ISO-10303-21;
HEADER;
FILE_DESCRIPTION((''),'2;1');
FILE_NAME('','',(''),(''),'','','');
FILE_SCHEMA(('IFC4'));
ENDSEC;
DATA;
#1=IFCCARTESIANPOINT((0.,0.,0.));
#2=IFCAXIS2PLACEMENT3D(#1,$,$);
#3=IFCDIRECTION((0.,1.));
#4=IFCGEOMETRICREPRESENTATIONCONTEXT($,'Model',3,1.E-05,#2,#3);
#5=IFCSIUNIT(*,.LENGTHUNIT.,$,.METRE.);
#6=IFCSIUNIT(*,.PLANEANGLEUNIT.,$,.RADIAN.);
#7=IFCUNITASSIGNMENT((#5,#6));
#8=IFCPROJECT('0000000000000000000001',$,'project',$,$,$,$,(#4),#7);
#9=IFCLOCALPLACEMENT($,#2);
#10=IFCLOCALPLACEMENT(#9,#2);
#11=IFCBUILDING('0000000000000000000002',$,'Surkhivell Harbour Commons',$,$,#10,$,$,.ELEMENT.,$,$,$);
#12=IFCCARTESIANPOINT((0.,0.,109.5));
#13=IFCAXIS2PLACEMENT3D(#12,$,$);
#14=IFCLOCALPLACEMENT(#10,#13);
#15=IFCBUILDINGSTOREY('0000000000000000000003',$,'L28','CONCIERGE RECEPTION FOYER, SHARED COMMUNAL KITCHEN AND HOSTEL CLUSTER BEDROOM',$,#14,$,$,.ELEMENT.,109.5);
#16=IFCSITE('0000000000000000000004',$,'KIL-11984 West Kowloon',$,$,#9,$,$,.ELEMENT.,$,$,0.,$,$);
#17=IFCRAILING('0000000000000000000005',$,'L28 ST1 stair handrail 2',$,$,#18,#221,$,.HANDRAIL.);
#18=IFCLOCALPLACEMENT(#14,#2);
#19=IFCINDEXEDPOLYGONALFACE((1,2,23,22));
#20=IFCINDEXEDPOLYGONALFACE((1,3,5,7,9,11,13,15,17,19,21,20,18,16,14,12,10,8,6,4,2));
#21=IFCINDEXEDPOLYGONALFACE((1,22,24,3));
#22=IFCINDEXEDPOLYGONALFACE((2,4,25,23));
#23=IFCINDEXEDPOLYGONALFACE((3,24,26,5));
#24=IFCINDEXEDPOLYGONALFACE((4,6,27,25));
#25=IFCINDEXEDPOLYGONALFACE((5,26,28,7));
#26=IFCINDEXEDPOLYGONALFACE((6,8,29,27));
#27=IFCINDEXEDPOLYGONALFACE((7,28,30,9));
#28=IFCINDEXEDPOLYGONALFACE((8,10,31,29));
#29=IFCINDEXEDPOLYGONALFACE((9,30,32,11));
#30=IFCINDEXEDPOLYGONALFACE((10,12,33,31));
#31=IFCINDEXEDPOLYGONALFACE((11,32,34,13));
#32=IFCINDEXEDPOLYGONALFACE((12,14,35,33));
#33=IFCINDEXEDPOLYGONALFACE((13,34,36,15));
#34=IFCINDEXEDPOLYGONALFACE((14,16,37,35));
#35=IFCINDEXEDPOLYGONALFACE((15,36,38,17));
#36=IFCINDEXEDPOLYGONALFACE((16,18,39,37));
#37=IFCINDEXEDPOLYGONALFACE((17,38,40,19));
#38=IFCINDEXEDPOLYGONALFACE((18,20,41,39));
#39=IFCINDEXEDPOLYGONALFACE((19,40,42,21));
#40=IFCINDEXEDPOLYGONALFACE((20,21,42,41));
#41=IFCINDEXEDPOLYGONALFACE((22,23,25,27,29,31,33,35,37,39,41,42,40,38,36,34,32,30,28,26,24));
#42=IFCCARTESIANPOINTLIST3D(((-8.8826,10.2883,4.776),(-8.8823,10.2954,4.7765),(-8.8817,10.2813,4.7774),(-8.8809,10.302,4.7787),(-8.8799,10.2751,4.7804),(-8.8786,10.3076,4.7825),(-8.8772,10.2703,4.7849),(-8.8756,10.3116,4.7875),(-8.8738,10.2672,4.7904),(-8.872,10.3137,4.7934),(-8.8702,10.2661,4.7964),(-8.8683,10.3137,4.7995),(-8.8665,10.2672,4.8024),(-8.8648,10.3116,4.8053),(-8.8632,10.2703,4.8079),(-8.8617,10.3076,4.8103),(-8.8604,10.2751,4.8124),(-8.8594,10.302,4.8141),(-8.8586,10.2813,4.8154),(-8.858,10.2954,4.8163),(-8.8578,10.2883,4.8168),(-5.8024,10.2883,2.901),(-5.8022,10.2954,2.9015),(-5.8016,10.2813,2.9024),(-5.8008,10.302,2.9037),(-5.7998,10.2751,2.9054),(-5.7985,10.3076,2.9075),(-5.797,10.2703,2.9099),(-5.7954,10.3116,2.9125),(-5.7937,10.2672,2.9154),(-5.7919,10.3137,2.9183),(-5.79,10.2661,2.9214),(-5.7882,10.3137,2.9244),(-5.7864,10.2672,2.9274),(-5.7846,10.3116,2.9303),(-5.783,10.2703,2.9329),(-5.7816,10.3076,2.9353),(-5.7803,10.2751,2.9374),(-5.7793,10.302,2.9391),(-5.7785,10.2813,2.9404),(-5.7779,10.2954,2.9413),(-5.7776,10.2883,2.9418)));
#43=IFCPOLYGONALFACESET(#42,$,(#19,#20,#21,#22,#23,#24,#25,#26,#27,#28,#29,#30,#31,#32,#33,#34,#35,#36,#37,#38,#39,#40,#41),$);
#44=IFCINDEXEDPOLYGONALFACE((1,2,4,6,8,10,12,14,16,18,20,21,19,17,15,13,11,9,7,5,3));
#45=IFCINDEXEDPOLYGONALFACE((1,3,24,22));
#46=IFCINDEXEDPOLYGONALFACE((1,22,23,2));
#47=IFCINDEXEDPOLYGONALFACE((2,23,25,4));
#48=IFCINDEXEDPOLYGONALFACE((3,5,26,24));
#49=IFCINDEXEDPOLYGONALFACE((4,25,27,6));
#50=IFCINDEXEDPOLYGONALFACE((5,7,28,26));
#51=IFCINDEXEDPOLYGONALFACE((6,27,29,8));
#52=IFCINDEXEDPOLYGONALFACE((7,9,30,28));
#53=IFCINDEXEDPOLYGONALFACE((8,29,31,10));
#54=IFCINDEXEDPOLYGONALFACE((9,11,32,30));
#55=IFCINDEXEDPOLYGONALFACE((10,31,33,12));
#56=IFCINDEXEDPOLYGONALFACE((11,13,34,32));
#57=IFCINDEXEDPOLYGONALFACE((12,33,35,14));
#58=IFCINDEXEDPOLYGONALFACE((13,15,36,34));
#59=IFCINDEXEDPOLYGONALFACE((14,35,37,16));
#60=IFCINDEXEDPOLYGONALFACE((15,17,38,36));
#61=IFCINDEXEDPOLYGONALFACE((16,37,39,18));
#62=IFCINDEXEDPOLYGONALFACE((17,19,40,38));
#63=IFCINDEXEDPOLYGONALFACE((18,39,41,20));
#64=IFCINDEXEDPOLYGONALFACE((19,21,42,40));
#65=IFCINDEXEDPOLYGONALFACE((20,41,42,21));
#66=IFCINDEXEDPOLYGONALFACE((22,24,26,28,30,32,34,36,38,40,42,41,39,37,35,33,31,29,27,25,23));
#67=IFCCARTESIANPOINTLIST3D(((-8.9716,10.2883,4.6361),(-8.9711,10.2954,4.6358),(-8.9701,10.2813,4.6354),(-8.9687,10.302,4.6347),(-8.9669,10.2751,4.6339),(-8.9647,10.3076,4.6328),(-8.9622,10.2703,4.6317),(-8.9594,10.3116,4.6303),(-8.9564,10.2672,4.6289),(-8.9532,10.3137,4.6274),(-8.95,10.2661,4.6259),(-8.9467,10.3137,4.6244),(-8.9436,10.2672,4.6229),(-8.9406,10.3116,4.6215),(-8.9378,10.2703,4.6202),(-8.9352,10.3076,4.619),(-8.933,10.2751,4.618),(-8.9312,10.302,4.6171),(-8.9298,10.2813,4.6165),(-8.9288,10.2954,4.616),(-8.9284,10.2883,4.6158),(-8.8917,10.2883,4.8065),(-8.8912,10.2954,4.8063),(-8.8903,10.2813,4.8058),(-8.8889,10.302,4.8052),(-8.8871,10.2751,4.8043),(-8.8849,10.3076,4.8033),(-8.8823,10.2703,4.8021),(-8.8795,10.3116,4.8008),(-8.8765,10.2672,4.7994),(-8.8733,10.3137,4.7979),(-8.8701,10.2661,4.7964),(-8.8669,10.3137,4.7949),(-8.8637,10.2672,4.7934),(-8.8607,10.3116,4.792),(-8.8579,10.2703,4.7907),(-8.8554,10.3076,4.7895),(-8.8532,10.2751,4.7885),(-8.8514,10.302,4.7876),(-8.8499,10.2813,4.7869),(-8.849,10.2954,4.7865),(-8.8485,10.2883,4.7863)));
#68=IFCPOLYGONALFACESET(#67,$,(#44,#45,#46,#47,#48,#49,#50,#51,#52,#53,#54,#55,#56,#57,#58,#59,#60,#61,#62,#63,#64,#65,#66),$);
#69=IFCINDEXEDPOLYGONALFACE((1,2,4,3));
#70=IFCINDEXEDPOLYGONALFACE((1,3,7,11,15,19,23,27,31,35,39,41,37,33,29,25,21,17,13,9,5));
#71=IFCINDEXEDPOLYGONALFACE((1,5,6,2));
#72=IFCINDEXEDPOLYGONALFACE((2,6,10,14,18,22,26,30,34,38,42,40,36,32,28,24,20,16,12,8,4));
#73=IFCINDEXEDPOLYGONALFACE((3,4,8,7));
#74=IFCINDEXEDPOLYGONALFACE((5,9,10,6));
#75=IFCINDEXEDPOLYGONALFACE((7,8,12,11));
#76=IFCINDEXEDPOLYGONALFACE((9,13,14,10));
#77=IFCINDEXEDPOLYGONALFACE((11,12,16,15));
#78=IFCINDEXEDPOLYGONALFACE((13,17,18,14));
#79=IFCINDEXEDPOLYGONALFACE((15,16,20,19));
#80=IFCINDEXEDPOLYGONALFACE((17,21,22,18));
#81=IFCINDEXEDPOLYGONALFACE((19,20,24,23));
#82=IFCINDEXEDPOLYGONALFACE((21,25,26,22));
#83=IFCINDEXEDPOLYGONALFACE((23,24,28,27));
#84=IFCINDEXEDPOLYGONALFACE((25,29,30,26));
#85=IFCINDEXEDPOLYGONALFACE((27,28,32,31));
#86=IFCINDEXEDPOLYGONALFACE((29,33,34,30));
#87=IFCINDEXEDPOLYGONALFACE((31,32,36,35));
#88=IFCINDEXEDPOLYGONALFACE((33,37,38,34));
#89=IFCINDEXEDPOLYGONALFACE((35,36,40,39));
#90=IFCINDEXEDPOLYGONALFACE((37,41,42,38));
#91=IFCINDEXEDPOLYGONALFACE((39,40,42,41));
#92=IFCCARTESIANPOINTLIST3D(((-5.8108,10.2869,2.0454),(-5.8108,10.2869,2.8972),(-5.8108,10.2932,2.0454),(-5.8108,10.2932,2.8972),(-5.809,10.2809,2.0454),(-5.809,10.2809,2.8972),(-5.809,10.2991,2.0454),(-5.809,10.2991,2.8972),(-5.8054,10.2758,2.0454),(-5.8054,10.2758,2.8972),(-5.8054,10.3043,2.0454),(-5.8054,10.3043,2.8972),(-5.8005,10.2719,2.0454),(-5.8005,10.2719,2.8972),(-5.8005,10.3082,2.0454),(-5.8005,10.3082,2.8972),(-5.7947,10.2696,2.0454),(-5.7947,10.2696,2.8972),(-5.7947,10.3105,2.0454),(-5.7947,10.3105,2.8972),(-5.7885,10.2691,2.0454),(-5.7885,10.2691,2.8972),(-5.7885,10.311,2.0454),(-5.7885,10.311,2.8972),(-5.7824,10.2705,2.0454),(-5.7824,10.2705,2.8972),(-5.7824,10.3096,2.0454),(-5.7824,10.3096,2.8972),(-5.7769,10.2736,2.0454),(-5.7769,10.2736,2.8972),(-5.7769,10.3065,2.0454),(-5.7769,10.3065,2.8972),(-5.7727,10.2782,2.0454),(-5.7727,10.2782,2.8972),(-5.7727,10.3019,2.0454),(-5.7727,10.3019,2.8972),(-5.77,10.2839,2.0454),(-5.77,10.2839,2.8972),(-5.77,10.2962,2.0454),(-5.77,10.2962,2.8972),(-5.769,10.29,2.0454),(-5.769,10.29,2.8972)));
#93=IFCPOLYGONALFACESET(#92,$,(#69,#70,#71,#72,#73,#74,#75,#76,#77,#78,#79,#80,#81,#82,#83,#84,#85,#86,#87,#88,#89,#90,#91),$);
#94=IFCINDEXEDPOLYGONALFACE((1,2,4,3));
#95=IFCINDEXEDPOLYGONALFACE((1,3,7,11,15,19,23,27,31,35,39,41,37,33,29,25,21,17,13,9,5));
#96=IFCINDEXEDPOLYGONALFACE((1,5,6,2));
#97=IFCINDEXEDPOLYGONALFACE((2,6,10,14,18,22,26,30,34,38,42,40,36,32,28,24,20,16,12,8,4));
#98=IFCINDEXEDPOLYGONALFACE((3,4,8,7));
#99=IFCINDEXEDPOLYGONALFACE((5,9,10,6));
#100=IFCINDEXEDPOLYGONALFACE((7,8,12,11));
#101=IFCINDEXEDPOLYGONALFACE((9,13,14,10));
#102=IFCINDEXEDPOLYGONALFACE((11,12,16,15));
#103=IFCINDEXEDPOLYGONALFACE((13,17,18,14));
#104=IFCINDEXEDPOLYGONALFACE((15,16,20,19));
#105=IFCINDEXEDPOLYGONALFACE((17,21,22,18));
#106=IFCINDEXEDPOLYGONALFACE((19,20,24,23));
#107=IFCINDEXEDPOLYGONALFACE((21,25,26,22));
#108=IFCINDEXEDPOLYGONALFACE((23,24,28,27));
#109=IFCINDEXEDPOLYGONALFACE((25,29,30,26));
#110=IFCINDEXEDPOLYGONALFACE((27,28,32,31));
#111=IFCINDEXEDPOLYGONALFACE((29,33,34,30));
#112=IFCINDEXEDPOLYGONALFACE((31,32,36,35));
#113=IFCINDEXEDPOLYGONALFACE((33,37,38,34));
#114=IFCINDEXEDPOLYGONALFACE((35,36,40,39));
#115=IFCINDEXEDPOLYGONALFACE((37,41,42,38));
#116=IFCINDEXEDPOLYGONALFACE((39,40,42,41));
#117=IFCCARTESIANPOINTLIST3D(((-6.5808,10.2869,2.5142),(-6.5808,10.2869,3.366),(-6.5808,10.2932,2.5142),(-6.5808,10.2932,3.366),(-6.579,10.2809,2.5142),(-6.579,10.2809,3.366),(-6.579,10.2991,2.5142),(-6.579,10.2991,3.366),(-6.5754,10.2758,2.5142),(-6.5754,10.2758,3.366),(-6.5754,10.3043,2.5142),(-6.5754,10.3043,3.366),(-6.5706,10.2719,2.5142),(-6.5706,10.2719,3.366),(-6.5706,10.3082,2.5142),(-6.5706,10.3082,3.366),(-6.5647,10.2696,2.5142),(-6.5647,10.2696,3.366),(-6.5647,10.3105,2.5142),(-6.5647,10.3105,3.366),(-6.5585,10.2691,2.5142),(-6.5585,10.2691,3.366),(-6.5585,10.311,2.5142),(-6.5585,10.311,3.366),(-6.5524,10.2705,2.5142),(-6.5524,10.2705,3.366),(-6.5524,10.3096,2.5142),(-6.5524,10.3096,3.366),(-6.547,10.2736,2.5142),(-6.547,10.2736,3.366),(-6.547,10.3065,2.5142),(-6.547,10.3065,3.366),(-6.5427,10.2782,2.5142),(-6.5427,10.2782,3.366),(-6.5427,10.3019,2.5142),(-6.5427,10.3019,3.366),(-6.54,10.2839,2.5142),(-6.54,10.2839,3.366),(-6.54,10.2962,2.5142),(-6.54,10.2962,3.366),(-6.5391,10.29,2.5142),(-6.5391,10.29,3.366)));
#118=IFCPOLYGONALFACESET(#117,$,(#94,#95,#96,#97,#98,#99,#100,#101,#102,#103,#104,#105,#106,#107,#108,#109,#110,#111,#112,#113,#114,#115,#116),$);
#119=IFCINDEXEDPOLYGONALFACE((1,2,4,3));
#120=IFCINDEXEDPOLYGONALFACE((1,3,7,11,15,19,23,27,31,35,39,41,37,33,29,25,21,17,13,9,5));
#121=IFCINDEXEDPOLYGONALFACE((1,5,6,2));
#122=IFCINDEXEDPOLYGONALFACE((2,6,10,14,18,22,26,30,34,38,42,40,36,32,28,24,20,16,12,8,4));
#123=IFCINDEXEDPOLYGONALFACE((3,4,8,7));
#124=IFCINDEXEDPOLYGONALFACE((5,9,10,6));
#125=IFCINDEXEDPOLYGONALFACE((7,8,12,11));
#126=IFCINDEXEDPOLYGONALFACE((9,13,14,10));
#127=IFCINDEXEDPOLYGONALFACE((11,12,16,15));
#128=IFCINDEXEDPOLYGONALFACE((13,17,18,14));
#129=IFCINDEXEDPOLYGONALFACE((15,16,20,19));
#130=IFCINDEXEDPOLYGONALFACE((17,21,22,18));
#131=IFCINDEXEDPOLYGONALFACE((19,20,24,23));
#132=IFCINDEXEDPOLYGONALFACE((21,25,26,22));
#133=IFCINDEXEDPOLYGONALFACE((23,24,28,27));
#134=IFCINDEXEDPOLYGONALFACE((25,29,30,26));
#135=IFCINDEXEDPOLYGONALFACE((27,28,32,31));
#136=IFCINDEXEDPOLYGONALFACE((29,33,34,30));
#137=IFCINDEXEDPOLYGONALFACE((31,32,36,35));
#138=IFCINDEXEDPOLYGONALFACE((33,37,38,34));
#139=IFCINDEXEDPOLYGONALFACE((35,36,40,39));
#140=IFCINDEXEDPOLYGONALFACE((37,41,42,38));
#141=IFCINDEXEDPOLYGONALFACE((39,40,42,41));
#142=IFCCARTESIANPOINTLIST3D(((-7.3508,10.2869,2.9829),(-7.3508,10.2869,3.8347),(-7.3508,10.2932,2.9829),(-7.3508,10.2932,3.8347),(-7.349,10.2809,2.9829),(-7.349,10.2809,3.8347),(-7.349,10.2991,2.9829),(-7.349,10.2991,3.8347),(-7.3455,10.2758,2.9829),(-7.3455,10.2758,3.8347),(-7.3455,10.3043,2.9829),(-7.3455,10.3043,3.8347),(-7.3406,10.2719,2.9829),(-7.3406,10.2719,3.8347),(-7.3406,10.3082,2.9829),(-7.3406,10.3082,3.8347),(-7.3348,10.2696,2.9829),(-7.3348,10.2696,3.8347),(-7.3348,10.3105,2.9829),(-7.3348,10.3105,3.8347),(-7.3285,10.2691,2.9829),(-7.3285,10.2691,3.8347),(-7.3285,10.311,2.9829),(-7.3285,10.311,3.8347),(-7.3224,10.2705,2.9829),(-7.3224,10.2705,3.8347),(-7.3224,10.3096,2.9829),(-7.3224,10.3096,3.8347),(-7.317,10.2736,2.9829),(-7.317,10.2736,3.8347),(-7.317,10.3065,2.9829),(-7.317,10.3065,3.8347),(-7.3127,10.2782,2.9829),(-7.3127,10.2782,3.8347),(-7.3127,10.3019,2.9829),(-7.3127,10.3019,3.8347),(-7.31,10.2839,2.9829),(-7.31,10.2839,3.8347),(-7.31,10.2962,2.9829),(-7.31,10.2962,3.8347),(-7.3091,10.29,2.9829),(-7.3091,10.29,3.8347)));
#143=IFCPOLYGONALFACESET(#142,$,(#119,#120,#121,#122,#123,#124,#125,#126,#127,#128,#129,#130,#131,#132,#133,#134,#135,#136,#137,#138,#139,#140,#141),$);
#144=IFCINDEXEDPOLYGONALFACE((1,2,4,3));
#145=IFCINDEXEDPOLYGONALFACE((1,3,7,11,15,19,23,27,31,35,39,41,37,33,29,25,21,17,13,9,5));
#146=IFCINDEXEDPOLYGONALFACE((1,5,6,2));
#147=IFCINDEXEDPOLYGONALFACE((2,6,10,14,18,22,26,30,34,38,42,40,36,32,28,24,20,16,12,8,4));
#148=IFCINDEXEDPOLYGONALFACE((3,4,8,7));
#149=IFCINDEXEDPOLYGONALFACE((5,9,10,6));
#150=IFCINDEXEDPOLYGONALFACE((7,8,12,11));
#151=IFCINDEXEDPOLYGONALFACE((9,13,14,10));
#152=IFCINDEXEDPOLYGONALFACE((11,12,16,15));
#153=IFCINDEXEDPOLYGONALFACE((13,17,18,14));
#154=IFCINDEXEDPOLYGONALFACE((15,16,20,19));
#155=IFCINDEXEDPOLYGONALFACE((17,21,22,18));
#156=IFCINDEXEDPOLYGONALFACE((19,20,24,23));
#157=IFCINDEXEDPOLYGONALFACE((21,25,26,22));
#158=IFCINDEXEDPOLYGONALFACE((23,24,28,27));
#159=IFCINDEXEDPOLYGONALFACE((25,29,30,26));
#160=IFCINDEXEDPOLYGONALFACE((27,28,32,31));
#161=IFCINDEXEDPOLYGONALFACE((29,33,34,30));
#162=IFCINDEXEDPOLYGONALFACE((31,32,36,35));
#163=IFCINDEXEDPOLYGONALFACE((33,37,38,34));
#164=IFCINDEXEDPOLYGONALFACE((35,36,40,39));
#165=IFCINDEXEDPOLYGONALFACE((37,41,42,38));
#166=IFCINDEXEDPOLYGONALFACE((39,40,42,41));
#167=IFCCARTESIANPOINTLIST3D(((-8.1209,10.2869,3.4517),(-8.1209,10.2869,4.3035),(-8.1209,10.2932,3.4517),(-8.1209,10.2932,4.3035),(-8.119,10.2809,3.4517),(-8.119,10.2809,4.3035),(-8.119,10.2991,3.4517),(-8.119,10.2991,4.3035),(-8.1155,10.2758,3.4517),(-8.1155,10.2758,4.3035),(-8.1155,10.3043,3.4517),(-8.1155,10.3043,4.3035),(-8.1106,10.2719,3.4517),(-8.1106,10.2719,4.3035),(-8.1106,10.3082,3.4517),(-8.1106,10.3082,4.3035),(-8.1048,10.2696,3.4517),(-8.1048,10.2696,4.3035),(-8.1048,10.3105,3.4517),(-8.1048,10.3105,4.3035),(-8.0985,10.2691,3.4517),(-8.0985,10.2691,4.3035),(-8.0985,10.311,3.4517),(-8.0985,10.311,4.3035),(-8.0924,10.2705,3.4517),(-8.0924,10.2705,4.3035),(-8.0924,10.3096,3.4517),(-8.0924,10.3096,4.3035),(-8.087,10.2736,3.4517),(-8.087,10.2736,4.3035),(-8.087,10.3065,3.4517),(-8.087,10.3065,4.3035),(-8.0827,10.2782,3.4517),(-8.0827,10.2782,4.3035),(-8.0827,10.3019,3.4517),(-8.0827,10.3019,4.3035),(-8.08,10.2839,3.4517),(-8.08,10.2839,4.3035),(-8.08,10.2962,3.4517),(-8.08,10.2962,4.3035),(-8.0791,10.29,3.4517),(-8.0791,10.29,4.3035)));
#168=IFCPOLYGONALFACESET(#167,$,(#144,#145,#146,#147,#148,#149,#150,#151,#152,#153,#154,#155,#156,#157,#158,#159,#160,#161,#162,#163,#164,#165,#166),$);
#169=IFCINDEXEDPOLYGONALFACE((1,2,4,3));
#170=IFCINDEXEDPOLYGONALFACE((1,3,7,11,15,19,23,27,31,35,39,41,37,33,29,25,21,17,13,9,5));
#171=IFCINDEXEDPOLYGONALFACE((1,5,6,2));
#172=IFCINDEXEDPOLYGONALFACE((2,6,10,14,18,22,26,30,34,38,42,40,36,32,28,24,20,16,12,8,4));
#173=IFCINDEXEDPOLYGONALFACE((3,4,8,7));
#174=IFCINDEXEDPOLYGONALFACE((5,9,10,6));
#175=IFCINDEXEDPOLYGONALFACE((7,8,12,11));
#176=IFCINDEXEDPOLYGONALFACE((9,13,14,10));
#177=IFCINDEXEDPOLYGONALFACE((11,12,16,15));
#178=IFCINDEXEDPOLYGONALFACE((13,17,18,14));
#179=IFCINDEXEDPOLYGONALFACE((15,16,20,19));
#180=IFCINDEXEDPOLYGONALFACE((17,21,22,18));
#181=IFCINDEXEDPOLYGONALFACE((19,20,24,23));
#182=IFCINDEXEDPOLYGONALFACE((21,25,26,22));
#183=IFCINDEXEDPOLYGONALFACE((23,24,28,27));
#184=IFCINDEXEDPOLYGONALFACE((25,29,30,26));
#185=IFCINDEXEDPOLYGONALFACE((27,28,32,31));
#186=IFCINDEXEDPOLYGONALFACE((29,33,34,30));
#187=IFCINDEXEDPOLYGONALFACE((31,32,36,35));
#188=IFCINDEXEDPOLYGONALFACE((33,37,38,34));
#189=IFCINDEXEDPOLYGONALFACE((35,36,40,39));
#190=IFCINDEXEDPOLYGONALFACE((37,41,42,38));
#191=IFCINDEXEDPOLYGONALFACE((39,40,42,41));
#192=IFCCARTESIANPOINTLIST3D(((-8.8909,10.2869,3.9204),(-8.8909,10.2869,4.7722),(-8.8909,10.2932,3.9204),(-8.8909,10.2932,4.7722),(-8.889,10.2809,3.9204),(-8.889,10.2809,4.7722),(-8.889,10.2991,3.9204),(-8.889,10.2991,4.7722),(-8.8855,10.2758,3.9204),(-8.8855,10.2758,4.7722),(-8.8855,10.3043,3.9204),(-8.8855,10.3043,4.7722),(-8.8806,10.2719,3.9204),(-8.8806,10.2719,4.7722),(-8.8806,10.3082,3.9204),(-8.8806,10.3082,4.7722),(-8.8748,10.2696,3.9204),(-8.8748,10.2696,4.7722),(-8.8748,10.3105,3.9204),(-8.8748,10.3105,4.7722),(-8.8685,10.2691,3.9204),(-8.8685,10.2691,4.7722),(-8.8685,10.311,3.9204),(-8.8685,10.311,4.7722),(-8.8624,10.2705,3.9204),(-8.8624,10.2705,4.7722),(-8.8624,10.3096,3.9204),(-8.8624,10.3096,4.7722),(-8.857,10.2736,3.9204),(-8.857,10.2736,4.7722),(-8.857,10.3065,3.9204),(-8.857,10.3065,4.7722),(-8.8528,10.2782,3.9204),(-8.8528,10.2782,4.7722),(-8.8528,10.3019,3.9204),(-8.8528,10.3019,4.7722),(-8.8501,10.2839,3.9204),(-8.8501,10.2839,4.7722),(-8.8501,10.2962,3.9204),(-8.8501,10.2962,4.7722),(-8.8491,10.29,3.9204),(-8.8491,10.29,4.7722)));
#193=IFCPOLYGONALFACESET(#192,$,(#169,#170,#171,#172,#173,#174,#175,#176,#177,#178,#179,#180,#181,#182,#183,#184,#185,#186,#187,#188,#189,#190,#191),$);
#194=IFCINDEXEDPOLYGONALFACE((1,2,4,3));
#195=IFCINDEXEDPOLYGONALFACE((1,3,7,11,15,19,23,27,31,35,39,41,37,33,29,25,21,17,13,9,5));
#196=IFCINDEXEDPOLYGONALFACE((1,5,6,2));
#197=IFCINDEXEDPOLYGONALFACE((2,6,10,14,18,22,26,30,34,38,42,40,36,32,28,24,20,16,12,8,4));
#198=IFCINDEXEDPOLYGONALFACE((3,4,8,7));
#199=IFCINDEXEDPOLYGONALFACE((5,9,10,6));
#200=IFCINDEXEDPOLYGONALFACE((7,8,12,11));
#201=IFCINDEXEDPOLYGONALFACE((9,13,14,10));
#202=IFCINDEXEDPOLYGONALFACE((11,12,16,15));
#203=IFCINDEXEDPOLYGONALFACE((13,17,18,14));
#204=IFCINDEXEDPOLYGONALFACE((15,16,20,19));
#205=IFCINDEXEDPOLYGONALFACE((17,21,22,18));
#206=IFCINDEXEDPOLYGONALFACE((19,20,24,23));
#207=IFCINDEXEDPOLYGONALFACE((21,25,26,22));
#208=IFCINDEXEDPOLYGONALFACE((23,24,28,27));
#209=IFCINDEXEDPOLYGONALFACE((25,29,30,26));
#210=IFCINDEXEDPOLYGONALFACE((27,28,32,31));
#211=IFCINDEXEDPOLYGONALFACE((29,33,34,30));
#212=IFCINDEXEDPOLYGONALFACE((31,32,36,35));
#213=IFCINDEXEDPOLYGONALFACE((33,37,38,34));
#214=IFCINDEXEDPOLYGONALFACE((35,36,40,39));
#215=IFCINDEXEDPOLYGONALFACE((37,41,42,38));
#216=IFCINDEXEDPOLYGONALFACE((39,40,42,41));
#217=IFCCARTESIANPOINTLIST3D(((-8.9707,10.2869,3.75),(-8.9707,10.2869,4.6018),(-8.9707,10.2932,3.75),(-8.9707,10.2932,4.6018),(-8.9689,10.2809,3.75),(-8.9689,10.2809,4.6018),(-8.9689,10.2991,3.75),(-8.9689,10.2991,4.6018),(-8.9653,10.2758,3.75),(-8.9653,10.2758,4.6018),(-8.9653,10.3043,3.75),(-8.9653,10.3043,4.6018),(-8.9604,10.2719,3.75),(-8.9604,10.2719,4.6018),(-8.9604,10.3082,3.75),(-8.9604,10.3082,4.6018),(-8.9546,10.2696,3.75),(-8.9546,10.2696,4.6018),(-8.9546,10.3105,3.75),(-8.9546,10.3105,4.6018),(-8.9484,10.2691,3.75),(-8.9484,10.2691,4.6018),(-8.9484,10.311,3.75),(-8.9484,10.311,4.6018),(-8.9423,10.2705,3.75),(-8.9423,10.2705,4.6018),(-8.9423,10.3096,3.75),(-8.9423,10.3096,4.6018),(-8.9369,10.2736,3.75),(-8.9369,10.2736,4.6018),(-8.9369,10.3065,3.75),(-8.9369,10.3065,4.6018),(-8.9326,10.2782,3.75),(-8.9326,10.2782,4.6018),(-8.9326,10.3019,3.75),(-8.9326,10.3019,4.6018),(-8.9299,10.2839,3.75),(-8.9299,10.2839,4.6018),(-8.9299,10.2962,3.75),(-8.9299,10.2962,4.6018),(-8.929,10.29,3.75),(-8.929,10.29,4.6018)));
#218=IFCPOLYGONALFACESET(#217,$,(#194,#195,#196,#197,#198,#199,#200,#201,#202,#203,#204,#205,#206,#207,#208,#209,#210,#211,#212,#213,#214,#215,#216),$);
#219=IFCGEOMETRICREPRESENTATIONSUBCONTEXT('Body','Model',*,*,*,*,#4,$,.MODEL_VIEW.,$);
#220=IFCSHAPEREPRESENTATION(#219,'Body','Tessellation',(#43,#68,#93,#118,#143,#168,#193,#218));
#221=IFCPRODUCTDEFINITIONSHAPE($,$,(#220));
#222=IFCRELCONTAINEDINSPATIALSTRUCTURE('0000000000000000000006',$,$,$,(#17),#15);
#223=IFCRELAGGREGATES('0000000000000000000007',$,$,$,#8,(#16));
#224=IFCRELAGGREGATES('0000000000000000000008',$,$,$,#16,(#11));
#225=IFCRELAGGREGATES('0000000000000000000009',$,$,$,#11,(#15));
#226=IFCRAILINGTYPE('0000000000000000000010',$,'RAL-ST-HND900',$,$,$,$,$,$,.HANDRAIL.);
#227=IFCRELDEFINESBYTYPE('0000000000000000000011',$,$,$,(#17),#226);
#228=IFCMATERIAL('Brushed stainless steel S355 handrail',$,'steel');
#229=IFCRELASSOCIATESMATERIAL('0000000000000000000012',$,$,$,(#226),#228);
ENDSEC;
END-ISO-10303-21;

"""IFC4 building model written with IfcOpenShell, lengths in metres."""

from ifc_helpers import new_model, si_unit, direction, frame, origin, origin_2d, place, context, subcontext, project, spatial, circle, extrude, material, type_object, element, save


model = new_model("IFC4")

# Units and contexts
model_context = context("Model", 3, precision=1e-05, world=origin(), true_north=direction((0.0, 1.0)))
body_context = subcontext(model_context, "Body", "Model", "MODEL_VIEW")
ifc_project = project(units=[si_unit("LENGTHUNIT", "METRE"), si_unit("PLANEANGLEUNIT", "RADIAN")], contexts=[model_context])

# Site, building, storey
site_placement = place(None, origin())
site = spatial("IfcSite", under=ifc_project, at=site_placement, Name="KIL-11984 West Kowloon", CompositionType="ELEMENT", RefElevation=0.0)
building_placement = place(site_placement, origin())
building = spatial("IfcBuilding", under=site, at=building_placement, Name="Surkhivell Harbour Commons", CompositionType="ELEMENT")
storey_placement = place(building_placement, frame((0.0, 0.0, 109.5)))
storey = spatial("IfcBuildingStorey", under=building, at=storey_placement, Name="L28", Description="CONCIERGE RECEPTION FOYER, SHARED COMMUNAL KITCHEN AND HOSTEL CLUSTER BEDROOM", CompositionType="ELEMENT", Elevation=109.5)

# Railing
ifc_material_1 = material(Name="Brushed stainless steel S355 handrail", Category="steel")
railing_type_1 = type_object("IfcRailingType", Name="RAL-ST-HND900", PredefinedType="HANDRAIL", material=ifc_material_1)
railing_1_placement = place(storey_placement, frame((-5.79, 10.29, 2.0454)))
element("IfcRailing", 1, at=railing_1_placement, inside=storey, type_object=railing_type_1, Name="L28 ST1 stair handrail 2", PredefinedType="HANDRAIL", context=body_context, shape_type="SweptSolid", body=[
    extrude(circle(Radius=0.0239, at=origin_2d()), frame((0.0, 0.0, 0.876), z_axis=(-0.854178, 0.0, 0.519981), x_axis=(0.0, -1.0, 0.0)), (0.0, 0.0, 1.0), 3.606),
    extrude(circle(Radius=0.0239, at=origin_2d()), frame((-3.0801, 0.0, 2.751), z_axis=(-0.424234, 0.0, -0.905552), x_axis=(0.0, -1.0, 0.0)), (0.0, 0.0, 1.0), 0.1882),
    extrude(circle(Radius=0.021, at=origin_2d()), origin(), (0.0, 0.0, 1.0), 0.8518),
    extrude(circle(Radius=0.021, at=origin_2d()), frame((-0.77, 0.0, 0.4688)), (0.0, 0.0, 1.0), 0.8518),
    extrude(circle(Radius=0.021, at=origin_2d()), frame((-1.54, 0.0, 0.9375)), (0.0, 0.0, 1.0), 0.8518),
    extrude(circle(Radius=0.021, at=origin_2d()), frame((-2.3101, 0.0, 1.4062)), (0.0, 0.0, 1.0), 0.8518),
    extrude(circle(Radius=0.021, at=origin_2d()), frame((-3.0801, 0.0, 1.875)), (0.0, 0.0, 1.0), 0.8518),
    extrude(circle(Radius=0.021, at=origin_2d()), frame((-3.1599, 0.0, 1.7046)), (0.0, 0.0, 1.0), 0.8518),
])

save(model, "model.ifc")
